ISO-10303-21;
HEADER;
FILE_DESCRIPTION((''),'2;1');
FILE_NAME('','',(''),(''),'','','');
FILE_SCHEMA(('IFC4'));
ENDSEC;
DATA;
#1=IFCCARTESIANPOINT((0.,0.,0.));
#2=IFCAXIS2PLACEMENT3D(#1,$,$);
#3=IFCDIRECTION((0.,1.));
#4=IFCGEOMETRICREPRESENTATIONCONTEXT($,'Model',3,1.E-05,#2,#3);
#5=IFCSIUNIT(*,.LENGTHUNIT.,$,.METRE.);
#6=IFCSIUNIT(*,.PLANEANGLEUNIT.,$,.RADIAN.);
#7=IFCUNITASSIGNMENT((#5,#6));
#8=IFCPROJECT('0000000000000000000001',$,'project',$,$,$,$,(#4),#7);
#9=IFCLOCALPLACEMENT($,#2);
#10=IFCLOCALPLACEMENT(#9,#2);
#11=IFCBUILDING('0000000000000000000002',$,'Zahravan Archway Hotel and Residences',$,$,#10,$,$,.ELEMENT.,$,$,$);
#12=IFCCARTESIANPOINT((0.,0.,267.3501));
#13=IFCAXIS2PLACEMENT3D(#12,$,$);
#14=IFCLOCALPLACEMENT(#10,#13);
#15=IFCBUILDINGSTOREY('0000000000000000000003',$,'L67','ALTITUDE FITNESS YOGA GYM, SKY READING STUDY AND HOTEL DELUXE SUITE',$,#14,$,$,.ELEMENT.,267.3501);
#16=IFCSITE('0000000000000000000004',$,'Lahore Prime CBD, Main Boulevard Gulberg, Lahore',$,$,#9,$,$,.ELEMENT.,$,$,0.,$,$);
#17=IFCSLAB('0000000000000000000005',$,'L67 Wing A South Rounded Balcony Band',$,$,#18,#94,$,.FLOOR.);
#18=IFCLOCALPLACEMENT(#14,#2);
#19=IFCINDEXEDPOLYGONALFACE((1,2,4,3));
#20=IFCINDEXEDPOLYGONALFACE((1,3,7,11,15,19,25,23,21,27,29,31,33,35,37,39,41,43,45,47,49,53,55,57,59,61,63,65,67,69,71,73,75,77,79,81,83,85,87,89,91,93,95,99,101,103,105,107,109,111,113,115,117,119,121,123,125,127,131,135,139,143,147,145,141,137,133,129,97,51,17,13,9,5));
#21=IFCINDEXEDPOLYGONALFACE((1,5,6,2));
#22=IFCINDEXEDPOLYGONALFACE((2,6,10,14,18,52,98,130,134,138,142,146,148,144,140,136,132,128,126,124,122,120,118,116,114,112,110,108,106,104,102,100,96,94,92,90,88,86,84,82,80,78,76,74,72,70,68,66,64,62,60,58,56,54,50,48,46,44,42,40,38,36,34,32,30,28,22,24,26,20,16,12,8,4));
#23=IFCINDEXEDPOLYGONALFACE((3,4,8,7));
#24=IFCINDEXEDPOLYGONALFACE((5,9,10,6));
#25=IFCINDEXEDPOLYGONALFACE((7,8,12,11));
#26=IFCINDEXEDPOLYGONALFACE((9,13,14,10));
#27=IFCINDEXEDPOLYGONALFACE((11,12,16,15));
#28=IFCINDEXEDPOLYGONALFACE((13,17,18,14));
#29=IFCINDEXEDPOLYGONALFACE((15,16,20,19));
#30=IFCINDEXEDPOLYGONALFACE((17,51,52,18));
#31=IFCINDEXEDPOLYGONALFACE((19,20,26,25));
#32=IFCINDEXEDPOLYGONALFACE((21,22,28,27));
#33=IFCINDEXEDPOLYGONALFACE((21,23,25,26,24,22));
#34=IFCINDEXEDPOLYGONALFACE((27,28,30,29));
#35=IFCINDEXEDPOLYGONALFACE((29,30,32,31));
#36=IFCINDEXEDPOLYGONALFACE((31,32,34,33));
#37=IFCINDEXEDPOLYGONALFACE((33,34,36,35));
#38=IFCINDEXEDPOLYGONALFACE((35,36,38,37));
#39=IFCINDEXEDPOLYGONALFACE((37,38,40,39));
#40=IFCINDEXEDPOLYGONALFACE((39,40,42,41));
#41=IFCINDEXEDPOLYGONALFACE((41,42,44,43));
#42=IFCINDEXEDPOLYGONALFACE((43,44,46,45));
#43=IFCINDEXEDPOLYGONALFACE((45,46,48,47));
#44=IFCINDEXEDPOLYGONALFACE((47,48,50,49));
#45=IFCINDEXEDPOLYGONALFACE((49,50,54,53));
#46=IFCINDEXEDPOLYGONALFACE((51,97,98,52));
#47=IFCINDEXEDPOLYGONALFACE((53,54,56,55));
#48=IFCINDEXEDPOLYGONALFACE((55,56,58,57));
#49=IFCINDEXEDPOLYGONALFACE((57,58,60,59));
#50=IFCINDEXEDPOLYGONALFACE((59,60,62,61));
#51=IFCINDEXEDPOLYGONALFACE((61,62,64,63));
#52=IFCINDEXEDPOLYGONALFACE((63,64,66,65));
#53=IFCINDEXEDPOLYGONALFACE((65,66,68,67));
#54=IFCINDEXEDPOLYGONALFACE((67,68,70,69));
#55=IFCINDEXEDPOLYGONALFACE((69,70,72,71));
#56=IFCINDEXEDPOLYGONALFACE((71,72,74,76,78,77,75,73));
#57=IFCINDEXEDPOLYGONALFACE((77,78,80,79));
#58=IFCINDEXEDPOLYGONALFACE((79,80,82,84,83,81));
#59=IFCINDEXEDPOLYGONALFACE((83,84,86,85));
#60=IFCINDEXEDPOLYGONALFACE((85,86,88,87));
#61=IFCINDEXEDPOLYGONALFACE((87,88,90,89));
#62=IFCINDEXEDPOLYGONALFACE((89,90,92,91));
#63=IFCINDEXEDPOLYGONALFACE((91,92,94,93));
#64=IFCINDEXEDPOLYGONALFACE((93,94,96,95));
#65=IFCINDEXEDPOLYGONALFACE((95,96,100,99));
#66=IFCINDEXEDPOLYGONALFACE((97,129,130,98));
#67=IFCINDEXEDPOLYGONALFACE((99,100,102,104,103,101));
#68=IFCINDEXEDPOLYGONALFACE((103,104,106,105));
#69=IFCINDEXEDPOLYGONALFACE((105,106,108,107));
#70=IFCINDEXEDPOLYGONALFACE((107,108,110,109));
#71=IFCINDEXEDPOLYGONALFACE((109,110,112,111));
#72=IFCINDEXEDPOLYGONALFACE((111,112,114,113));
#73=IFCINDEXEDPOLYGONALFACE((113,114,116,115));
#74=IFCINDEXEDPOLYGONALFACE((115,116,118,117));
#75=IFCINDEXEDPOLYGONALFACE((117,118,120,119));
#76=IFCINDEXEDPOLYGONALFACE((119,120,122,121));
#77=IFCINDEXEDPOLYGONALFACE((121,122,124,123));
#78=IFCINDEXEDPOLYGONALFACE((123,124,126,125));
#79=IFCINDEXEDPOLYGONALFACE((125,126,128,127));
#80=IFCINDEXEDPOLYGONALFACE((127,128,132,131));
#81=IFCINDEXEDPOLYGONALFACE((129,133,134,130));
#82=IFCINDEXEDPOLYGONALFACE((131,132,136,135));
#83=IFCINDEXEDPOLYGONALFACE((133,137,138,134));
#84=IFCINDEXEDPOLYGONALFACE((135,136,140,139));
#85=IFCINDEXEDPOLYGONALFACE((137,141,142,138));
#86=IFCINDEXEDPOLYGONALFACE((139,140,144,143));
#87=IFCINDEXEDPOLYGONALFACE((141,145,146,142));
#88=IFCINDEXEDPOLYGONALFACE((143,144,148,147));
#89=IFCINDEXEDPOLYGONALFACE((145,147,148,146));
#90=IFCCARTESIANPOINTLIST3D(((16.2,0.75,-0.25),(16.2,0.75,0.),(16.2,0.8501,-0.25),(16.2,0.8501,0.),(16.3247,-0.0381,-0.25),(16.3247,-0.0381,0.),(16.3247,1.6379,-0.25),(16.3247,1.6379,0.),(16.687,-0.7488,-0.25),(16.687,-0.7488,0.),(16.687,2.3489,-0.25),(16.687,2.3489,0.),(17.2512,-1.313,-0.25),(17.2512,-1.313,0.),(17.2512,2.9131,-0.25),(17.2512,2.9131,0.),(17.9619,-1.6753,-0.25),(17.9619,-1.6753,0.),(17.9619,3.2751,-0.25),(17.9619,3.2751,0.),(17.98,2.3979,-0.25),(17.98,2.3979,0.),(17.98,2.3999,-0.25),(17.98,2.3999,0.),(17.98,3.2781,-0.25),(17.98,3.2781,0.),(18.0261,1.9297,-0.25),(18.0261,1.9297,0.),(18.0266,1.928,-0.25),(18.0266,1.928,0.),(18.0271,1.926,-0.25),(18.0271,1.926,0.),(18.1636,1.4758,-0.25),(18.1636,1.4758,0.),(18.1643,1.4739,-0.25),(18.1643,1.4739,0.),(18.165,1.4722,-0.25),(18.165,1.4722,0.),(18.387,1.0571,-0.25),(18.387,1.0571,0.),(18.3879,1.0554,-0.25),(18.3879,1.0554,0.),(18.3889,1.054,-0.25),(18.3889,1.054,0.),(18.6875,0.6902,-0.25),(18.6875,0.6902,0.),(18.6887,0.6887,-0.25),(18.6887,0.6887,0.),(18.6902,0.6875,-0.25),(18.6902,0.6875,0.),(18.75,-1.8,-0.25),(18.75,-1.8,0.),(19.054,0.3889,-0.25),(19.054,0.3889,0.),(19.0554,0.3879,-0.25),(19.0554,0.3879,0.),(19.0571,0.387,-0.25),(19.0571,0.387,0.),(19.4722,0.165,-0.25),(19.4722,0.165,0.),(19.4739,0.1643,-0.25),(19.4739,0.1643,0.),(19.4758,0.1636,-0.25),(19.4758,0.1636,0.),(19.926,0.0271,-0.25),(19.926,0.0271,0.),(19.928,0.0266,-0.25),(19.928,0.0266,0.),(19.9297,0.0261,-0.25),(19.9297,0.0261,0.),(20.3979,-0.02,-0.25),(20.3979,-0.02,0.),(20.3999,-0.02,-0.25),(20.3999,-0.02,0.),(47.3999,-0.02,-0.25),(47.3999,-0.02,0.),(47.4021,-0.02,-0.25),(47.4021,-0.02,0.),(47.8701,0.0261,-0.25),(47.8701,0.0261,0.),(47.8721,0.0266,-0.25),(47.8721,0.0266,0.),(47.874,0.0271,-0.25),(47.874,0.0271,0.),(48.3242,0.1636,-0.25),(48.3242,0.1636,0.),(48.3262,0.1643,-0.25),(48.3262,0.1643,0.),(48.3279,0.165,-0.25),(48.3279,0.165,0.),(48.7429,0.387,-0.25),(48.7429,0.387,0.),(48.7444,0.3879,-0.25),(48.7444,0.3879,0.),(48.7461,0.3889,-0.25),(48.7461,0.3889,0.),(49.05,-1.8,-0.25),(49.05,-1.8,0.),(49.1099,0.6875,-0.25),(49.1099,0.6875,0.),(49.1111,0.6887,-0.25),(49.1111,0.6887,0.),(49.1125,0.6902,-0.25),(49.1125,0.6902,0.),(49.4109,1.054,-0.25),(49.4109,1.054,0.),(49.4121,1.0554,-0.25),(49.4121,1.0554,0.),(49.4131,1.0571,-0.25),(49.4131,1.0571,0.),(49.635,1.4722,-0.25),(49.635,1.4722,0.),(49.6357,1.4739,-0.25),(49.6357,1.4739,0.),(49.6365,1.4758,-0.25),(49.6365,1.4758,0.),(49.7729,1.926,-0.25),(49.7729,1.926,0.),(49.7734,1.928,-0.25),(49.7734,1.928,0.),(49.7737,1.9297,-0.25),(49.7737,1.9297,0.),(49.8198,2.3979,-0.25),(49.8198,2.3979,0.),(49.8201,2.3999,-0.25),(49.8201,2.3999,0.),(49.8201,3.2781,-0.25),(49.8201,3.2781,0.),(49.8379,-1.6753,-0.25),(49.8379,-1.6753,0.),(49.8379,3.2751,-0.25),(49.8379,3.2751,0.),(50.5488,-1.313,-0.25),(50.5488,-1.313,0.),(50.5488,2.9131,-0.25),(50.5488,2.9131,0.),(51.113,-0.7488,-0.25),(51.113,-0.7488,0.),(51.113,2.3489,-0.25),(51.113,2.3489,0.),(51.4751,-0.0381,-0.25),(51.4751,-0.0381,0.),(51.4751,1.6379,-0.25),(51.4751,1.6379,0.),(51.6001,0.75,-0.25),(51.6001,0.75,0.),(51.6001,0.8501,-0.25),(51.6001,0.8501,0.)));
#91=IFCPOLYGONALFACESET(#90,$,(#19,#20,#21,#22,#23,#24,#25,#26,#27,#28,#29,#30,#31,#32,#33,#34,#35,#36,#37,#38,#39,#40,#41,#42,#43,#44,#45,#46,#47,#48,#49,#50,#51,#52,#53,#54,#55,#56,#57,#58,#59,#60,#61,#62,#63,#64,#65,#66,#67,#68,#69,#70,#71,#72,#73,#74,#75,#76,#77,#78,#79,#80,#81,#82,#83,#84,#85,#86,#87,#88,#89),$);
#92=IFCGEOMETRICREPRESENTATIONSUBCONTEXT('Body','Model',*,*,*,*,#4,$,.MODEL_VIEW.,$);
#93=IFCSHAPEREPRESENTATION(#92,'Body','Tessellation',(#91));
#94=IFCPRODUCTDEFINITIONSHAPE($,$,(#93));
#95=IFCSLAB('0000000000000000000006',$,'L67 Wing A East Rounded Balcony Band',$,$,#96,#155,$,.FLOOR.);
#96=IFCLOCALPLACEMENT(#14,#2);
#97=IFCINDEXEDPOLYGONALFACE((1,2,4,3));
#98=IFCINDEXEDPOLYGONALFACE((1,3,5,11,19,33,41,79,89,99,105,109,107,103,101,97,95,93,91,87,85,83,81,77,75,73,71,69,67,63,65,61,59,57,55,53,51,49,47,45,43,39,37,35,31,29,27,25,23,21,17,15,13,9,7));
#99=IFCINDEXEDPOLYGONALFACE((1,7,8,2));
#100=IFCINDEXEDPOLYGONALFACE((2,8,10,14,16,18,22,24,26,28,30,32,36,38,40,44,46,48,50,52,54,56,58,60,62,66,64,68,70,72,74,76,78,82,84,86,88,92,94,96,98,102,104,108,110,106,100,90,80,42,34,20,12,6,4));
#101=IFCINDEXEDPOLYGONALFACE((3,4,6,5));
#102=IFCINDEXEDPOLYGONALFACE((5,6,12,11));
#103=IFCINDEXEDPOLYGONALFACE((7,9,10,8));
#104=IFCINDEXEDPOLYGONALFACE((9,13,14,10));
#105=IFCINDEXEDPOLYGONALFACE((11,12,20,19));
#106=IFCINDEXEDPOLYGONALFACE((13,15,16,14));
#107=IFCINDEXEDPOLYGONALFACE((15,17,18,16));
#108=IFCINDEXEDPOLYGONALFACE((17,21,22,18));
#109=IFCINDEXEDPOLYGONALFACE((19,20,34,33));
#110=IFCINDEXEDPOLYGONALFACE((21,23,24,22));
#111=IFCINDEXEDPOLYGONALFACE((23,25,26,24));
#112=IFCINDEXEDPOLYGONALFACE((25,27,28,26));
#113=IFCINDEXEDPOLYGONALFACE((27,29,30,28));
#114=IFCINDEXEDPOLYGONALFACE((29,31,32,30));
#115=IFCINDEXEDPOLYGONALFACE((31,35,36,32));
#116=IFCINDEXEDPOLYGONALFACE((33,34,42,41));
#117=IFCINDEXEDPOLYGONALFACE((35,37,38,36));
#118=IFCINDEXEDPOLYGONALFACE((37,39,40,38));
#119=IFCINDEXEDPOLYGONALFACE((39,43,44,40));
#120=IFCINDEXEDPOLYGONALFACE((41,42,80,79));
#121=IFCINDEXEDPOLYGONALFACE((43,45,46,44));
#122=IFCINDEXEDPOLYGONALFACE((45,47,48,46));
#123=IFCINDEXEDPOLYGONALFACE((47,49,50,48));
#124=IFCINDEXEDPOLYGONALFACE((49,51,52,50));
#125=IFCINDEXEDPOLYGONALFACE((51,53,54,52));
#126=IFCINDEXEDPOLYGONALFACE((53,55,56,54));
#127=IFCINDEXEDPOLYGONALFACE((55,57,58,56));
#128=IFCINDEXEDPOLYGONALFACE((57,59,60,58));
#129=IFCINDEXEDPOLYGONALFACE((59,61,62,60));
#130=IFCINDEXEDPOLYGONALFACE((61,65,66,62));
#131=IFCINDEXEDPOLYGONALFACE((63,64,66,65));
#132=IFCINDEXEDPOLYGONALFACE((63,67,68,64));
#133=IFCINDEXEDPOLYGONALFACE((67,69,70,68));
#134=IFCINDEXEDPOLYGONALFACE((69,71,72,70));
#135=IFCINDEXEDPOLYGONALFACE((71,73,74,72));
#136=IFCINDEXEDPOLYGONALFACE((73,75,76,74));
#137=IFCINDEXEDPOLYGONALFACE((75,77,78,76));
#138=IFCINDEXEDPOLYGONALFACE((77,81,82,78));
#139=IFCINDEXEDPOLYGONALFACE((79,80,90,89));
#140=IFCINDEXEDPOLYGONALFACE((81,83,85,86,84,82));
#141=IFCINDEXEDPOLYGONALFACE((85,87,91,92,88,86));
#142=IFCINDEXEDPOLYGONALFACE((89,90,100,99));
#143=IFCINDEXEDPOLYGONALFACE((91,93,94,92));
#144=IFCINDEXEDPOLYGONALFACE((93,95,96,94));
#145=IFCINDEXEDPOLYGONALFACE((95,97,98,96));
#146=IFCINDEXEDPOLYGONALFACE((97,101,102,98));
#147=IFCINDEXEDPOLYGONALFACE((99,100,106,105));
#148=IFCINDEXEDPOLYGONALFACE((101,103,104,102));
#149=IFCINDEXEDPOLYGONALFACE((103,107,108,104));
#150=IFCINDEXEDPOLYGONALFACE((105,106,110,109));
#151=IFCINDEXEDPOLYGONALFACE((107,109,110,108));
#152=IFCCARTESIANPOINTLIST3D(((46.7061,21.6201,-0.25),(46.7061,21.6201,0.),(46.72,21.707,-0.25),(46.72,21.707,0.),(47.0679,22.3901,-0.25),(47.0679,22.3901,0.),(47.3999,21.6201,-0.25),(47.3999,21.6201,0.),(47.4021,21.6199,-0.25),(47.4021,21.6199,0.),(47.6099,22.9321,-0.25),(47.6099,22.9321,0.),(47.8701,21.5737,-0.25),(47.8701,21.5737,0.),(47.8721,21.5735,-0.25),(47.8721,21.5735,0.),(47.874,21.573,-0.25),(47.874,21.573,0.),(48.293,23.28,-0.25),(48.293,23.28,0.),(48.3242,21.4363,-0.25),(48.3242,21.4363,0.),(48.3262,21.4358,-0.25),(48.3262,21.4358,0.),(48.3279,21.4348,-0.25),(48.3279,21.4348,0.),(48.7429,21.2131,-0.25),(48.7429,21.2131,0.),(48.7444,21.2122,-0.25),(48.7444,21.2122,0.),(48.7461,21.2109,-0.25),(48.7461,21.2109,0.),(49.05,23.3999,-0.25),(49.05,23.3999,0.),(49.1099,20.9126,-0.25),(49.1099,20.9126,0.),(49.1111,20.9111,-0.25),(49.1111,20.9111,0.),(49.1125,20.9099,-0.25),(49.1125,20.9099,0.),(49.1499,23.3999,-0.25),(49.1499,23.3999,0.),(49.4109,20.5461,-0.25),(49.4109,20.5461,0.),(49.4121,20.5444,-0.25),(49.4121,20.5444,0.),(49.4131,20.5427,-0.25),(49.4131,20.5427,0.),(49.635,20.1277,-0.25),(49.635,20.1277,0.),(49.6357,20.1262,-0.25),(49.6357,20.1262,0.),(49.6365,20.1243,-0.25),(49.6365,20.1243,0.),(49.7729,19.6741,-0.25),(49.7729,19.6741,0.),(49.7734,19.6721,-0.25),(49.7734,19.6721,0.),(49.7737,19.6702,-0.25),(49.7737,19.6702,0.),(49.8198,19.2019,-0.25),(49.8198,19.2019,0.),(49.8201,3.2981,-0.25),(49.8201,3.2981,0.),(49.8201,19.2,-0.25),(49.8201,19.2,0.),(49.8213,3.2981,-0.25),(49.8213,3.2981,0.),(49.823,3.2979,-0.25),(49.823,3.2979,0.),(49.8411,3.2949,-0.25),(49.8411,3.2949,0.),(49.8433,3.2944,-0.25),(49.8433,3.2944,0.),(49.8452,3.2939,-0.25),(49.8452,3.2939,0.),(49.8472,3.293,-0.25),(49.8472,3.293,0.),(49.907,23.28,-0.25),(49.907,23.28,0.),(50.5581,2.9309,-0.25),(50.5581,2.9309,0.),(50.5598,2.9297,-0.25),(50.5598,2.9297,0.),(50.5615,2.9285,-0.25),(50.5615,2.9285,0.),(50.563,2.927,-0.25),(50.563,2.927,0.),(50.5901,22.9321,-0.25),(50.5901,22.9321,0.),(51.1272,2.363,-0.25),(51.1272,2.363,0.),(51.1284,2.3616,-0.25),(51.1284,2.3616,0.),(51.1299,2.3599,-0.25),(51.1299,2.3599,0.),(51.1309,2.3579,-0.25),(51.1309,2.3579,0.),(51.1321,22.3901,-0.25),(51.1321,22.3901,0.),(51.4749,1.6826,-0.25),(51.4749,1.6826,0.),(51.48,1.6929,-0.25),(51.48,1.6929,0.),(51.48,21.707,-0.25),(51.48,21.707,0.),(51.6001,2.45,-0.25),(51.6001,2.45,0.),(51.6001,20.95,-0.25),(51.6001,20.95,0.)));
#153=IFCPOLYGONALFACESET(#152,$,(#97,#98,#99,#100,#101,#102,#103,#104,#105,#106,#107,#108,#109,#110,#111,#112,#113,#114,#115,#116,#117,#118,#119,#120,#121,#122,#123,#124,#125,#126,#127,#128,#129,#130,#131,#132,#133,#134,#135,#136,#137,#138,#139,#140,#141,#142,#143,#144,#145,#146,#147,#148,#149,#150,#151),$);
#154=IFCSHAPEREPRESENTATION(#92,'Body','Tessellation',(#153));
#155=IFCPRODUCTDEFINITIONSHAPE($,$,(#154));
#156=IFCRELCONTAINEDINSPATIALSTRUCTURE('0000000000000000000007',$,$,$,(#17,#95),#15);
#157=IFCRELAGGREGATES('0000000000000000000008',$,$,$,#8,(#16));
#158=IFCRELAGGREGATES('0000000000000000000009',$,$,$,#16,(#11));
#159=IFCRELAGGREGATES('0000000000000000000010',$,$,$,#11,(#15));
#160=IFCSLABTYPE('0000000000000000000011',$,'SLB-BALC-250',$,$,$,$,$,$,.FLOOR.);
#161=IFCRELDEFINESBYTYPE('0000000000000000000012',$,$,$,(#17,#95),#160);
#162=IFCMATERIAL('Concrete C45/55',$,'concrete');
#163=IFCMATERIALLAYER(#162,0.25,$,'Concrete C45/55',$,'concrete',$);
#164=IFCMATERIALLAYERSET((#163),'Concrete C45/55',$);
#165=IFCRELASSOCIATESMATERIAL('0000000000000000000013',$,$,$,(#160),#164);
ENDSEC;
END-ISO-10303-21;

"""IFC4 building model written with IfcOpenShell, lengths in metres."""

from ifc_helpers import new_model, si_unit, direction, frame, origin, place, context, subcontext, project, spatial, polyline, outline, extrude, material, layer, layer_set, type_object, element, save


model = new_model("IFC4")

# Units and contexts
model_context = context("Model", 3, precision=1e-05, world=origin(), true_north=direction((0.0, 1.0)))
body_context = subcontext(model_context, "Body", "Model", "MODEL_VIEW")
ifc_project = project(units=[si_unit("LENGTHUNIT", "METRE"), si_unit("PLANEANGLEUNIT", "RADIAN")], contexts=[model_context])

# Site, building, storey
site_placement = place(None, origin())
site = spatial("IfcSite", under=ifc_project, at=site_placement, Name="Lahore Prime CBD, Main Boulevard Gulberg, Lahore", CompositionType="ELEMENT", RefElevation=0.0)
building_placement = place(site_placement, origin())
building = spatial("IfcBuilding", under=site, at=building_placement, Name="Zahravan Archway Hotel and Residences", CompositionType="ELEMENT")
storey_placement = place(building_placement, frame((0.0, 0.0, 267.3501)))
storey = spatial("IfcBuildingStorey", under=building, at=storey_placement, Name="L67", Description="ALTITUDE FITNESS YOGA GYM, SKY READING STUDY AND HOTEL DELUXE SUITE", CompositionType="ELEMENT", Elevation=267.3501)

# Slabs
ifc_material_1 = material(Name="Concrete C45/55", Category="concrete")
ifc_layer_1 = layer(ifc_material_1, 0.25, Name="Concrete C45/55", Category="concrete")
ifc_layer_set_1 = layer_set([ifc_layer_1], Name="Concrete C45/55")
slab_type_1 = type_object("IfcSlabType", Name="SLB-BALC-250", PredefinedType="FLOOR", material=ifc_layer_set_1)
slab_1_placement = place(storey_placement, frame((0.0, 0.0, -0.25)))
element("IfcSlab", 1, at=slab_1_placement, inside=storey, type_object=slab_type_1, Name="L67 Wing A South Rounded Balcony Band", PredefinedType="FLOOR", context=body_context, shape_type="SweptSolid", body=[
    extrude(outline(polyline([(49.8379, 3.2751), (50.5488, 2.9131), (51.113, 2.3489), (51.4751, 1.6379), (51.6001, 0.8501), (51.6001, 0.75), (51.4751, -0.0381), (51.113, -0.7488), (50.5488, -1.313), (49.8379, -1.6753), (49.05, -1.8), (18.75, -1.8), (17.9619, -1.6753), (17.2512, -1.313), (16.687, -0.7488), (16.3247, -0.0381), (16.2, 0.75), (16.2, 0.8501), (16.3247, 1.6379), (16.687, 2.3489), (17.2512, 2.9131), (17.9619, 3.2751), (17.98, 3.2781), (17.98, 2.3999), (17.98, 2.3979), (18.0261, 1.9297), (18.0266, 1.928), (18.0271, 1.926), (18.1636, 1.4758), (18.1643, 1.4739), (18.165, 1.4722), (18.387, 1.0571), (18.3879, 1.0554), (18.3889, 1.054), (18.6875, 0.6902), (18.6887, 0.6887), (18.6902, 0.6875), (19.054, 0.3889), (19.0554, 0.3879), (19.0571, 0.387), (19.4722, 0.165), (19.4739, 0.1643), (19.4758, 0.1636), (19.926, 0.0271), (19.928, 0.0266), (19.9297, 0.0261), (20.3979, -0.02), (20.3999, -0.02), (47.3999, -0.02), (47.4021, -0.02), (47.8701, 0.0261), (47.8721, 0.0266), (47.874, 0.0271), (48.3242, 0.1636), (48.3262, 0.1643), (48.3279, 0.165), (48.7429, 0.387), (48.7444, 0.3879), (48.7461, 0.3889), (49.1099, 0.6875), (49.1111, 0.6887), (49.1125, 0.6902), (49.4109, 1.054), (49.4121, 1.0554), (49.4131, 1.0571), (49.635, 1.4722), (49.6357, 1.4739), (49.6365, 1.4758), (49.7729, 1.926), (49.7734, 1.928), (49.7737, 1.9297), (49.8198, 2.3979), (49.8201, 2.3999), (49.8201, 3.2781), (49.8379, 3.2751)])), origin(), (0.0, 0.0, 1.0), 0.25),
])
slab_2_placement = place(storey_placement, frame((0.0, 0.0, -0.25)))
element("IfcSlab", 2, at=slab_2_placement, inside=storey, type_object=slab_type_1, Name="L67 Wing A East Rounded Balcony Band", PredefinedType="FLOOR", context=body_context, shape_type="SweptSolid", body=[
    extrude(outline(polyline([(46.72, 21.707), (47.0679, 22.3901), (47.6099, 22.9321), (48.293, 23.28), (49.05, 23.3999), (49.1499, 23.3999), (49.907, 23.28), (50.5901, 22.9321), (51.1321, 22.3901), (51.48, 21.707), (51.6001, 20.95), (51.6001, 2.45), (51.48, 1.6929), (51.4749, 1.6826), (51.1309, 2.3579), (51.1299, 2.3599), (51.1284, 2.3616), (51.1272, 2.363), (50.563, 2.927), (50.5615, 2.9285), (50.5598, 2.9297), (50.5581, 2.9309), (49.8472, 3.293), (49.8452, 3.2939), (49.8433, 3.2944), (49.8411, 3.2949), (49.823, 3.2979), (49.8213, 3.2981), (49.8201, 3.2981), (49.8201, 19.2), (49.8198, 19.2019), (49.7737, 19.6702), (49.7734, 19.6721), (49.7729, 19.6741), (49.6365, 20.1243), (49.6357, 20.1262), (49.635, 20.1277), (49.4131, 20.5427), (49.4121, 20.5444), (49.4109, 20.5461), (49.1125, 20.9099), (49.1111, 20.9111), (49.1099, 20.9126), (48.7461, 21.2109), (48.7444, 21.2122), (48.7429, 21.2131), (48.3279, 21.4348), (48.3262, 21.4358), (48.3242, 21.4363), (47.874, 21.573), (47.8721, 21.5735), (47.8701, 21.5737), (47.4021, 21.6199), (47.3999, 21.6201), (46.7061, 21.6201), (46.72, 21.707)])), origin(), (0.0, 0.0, 1.0), 0.25),
])

save(model, "model.ifc")
